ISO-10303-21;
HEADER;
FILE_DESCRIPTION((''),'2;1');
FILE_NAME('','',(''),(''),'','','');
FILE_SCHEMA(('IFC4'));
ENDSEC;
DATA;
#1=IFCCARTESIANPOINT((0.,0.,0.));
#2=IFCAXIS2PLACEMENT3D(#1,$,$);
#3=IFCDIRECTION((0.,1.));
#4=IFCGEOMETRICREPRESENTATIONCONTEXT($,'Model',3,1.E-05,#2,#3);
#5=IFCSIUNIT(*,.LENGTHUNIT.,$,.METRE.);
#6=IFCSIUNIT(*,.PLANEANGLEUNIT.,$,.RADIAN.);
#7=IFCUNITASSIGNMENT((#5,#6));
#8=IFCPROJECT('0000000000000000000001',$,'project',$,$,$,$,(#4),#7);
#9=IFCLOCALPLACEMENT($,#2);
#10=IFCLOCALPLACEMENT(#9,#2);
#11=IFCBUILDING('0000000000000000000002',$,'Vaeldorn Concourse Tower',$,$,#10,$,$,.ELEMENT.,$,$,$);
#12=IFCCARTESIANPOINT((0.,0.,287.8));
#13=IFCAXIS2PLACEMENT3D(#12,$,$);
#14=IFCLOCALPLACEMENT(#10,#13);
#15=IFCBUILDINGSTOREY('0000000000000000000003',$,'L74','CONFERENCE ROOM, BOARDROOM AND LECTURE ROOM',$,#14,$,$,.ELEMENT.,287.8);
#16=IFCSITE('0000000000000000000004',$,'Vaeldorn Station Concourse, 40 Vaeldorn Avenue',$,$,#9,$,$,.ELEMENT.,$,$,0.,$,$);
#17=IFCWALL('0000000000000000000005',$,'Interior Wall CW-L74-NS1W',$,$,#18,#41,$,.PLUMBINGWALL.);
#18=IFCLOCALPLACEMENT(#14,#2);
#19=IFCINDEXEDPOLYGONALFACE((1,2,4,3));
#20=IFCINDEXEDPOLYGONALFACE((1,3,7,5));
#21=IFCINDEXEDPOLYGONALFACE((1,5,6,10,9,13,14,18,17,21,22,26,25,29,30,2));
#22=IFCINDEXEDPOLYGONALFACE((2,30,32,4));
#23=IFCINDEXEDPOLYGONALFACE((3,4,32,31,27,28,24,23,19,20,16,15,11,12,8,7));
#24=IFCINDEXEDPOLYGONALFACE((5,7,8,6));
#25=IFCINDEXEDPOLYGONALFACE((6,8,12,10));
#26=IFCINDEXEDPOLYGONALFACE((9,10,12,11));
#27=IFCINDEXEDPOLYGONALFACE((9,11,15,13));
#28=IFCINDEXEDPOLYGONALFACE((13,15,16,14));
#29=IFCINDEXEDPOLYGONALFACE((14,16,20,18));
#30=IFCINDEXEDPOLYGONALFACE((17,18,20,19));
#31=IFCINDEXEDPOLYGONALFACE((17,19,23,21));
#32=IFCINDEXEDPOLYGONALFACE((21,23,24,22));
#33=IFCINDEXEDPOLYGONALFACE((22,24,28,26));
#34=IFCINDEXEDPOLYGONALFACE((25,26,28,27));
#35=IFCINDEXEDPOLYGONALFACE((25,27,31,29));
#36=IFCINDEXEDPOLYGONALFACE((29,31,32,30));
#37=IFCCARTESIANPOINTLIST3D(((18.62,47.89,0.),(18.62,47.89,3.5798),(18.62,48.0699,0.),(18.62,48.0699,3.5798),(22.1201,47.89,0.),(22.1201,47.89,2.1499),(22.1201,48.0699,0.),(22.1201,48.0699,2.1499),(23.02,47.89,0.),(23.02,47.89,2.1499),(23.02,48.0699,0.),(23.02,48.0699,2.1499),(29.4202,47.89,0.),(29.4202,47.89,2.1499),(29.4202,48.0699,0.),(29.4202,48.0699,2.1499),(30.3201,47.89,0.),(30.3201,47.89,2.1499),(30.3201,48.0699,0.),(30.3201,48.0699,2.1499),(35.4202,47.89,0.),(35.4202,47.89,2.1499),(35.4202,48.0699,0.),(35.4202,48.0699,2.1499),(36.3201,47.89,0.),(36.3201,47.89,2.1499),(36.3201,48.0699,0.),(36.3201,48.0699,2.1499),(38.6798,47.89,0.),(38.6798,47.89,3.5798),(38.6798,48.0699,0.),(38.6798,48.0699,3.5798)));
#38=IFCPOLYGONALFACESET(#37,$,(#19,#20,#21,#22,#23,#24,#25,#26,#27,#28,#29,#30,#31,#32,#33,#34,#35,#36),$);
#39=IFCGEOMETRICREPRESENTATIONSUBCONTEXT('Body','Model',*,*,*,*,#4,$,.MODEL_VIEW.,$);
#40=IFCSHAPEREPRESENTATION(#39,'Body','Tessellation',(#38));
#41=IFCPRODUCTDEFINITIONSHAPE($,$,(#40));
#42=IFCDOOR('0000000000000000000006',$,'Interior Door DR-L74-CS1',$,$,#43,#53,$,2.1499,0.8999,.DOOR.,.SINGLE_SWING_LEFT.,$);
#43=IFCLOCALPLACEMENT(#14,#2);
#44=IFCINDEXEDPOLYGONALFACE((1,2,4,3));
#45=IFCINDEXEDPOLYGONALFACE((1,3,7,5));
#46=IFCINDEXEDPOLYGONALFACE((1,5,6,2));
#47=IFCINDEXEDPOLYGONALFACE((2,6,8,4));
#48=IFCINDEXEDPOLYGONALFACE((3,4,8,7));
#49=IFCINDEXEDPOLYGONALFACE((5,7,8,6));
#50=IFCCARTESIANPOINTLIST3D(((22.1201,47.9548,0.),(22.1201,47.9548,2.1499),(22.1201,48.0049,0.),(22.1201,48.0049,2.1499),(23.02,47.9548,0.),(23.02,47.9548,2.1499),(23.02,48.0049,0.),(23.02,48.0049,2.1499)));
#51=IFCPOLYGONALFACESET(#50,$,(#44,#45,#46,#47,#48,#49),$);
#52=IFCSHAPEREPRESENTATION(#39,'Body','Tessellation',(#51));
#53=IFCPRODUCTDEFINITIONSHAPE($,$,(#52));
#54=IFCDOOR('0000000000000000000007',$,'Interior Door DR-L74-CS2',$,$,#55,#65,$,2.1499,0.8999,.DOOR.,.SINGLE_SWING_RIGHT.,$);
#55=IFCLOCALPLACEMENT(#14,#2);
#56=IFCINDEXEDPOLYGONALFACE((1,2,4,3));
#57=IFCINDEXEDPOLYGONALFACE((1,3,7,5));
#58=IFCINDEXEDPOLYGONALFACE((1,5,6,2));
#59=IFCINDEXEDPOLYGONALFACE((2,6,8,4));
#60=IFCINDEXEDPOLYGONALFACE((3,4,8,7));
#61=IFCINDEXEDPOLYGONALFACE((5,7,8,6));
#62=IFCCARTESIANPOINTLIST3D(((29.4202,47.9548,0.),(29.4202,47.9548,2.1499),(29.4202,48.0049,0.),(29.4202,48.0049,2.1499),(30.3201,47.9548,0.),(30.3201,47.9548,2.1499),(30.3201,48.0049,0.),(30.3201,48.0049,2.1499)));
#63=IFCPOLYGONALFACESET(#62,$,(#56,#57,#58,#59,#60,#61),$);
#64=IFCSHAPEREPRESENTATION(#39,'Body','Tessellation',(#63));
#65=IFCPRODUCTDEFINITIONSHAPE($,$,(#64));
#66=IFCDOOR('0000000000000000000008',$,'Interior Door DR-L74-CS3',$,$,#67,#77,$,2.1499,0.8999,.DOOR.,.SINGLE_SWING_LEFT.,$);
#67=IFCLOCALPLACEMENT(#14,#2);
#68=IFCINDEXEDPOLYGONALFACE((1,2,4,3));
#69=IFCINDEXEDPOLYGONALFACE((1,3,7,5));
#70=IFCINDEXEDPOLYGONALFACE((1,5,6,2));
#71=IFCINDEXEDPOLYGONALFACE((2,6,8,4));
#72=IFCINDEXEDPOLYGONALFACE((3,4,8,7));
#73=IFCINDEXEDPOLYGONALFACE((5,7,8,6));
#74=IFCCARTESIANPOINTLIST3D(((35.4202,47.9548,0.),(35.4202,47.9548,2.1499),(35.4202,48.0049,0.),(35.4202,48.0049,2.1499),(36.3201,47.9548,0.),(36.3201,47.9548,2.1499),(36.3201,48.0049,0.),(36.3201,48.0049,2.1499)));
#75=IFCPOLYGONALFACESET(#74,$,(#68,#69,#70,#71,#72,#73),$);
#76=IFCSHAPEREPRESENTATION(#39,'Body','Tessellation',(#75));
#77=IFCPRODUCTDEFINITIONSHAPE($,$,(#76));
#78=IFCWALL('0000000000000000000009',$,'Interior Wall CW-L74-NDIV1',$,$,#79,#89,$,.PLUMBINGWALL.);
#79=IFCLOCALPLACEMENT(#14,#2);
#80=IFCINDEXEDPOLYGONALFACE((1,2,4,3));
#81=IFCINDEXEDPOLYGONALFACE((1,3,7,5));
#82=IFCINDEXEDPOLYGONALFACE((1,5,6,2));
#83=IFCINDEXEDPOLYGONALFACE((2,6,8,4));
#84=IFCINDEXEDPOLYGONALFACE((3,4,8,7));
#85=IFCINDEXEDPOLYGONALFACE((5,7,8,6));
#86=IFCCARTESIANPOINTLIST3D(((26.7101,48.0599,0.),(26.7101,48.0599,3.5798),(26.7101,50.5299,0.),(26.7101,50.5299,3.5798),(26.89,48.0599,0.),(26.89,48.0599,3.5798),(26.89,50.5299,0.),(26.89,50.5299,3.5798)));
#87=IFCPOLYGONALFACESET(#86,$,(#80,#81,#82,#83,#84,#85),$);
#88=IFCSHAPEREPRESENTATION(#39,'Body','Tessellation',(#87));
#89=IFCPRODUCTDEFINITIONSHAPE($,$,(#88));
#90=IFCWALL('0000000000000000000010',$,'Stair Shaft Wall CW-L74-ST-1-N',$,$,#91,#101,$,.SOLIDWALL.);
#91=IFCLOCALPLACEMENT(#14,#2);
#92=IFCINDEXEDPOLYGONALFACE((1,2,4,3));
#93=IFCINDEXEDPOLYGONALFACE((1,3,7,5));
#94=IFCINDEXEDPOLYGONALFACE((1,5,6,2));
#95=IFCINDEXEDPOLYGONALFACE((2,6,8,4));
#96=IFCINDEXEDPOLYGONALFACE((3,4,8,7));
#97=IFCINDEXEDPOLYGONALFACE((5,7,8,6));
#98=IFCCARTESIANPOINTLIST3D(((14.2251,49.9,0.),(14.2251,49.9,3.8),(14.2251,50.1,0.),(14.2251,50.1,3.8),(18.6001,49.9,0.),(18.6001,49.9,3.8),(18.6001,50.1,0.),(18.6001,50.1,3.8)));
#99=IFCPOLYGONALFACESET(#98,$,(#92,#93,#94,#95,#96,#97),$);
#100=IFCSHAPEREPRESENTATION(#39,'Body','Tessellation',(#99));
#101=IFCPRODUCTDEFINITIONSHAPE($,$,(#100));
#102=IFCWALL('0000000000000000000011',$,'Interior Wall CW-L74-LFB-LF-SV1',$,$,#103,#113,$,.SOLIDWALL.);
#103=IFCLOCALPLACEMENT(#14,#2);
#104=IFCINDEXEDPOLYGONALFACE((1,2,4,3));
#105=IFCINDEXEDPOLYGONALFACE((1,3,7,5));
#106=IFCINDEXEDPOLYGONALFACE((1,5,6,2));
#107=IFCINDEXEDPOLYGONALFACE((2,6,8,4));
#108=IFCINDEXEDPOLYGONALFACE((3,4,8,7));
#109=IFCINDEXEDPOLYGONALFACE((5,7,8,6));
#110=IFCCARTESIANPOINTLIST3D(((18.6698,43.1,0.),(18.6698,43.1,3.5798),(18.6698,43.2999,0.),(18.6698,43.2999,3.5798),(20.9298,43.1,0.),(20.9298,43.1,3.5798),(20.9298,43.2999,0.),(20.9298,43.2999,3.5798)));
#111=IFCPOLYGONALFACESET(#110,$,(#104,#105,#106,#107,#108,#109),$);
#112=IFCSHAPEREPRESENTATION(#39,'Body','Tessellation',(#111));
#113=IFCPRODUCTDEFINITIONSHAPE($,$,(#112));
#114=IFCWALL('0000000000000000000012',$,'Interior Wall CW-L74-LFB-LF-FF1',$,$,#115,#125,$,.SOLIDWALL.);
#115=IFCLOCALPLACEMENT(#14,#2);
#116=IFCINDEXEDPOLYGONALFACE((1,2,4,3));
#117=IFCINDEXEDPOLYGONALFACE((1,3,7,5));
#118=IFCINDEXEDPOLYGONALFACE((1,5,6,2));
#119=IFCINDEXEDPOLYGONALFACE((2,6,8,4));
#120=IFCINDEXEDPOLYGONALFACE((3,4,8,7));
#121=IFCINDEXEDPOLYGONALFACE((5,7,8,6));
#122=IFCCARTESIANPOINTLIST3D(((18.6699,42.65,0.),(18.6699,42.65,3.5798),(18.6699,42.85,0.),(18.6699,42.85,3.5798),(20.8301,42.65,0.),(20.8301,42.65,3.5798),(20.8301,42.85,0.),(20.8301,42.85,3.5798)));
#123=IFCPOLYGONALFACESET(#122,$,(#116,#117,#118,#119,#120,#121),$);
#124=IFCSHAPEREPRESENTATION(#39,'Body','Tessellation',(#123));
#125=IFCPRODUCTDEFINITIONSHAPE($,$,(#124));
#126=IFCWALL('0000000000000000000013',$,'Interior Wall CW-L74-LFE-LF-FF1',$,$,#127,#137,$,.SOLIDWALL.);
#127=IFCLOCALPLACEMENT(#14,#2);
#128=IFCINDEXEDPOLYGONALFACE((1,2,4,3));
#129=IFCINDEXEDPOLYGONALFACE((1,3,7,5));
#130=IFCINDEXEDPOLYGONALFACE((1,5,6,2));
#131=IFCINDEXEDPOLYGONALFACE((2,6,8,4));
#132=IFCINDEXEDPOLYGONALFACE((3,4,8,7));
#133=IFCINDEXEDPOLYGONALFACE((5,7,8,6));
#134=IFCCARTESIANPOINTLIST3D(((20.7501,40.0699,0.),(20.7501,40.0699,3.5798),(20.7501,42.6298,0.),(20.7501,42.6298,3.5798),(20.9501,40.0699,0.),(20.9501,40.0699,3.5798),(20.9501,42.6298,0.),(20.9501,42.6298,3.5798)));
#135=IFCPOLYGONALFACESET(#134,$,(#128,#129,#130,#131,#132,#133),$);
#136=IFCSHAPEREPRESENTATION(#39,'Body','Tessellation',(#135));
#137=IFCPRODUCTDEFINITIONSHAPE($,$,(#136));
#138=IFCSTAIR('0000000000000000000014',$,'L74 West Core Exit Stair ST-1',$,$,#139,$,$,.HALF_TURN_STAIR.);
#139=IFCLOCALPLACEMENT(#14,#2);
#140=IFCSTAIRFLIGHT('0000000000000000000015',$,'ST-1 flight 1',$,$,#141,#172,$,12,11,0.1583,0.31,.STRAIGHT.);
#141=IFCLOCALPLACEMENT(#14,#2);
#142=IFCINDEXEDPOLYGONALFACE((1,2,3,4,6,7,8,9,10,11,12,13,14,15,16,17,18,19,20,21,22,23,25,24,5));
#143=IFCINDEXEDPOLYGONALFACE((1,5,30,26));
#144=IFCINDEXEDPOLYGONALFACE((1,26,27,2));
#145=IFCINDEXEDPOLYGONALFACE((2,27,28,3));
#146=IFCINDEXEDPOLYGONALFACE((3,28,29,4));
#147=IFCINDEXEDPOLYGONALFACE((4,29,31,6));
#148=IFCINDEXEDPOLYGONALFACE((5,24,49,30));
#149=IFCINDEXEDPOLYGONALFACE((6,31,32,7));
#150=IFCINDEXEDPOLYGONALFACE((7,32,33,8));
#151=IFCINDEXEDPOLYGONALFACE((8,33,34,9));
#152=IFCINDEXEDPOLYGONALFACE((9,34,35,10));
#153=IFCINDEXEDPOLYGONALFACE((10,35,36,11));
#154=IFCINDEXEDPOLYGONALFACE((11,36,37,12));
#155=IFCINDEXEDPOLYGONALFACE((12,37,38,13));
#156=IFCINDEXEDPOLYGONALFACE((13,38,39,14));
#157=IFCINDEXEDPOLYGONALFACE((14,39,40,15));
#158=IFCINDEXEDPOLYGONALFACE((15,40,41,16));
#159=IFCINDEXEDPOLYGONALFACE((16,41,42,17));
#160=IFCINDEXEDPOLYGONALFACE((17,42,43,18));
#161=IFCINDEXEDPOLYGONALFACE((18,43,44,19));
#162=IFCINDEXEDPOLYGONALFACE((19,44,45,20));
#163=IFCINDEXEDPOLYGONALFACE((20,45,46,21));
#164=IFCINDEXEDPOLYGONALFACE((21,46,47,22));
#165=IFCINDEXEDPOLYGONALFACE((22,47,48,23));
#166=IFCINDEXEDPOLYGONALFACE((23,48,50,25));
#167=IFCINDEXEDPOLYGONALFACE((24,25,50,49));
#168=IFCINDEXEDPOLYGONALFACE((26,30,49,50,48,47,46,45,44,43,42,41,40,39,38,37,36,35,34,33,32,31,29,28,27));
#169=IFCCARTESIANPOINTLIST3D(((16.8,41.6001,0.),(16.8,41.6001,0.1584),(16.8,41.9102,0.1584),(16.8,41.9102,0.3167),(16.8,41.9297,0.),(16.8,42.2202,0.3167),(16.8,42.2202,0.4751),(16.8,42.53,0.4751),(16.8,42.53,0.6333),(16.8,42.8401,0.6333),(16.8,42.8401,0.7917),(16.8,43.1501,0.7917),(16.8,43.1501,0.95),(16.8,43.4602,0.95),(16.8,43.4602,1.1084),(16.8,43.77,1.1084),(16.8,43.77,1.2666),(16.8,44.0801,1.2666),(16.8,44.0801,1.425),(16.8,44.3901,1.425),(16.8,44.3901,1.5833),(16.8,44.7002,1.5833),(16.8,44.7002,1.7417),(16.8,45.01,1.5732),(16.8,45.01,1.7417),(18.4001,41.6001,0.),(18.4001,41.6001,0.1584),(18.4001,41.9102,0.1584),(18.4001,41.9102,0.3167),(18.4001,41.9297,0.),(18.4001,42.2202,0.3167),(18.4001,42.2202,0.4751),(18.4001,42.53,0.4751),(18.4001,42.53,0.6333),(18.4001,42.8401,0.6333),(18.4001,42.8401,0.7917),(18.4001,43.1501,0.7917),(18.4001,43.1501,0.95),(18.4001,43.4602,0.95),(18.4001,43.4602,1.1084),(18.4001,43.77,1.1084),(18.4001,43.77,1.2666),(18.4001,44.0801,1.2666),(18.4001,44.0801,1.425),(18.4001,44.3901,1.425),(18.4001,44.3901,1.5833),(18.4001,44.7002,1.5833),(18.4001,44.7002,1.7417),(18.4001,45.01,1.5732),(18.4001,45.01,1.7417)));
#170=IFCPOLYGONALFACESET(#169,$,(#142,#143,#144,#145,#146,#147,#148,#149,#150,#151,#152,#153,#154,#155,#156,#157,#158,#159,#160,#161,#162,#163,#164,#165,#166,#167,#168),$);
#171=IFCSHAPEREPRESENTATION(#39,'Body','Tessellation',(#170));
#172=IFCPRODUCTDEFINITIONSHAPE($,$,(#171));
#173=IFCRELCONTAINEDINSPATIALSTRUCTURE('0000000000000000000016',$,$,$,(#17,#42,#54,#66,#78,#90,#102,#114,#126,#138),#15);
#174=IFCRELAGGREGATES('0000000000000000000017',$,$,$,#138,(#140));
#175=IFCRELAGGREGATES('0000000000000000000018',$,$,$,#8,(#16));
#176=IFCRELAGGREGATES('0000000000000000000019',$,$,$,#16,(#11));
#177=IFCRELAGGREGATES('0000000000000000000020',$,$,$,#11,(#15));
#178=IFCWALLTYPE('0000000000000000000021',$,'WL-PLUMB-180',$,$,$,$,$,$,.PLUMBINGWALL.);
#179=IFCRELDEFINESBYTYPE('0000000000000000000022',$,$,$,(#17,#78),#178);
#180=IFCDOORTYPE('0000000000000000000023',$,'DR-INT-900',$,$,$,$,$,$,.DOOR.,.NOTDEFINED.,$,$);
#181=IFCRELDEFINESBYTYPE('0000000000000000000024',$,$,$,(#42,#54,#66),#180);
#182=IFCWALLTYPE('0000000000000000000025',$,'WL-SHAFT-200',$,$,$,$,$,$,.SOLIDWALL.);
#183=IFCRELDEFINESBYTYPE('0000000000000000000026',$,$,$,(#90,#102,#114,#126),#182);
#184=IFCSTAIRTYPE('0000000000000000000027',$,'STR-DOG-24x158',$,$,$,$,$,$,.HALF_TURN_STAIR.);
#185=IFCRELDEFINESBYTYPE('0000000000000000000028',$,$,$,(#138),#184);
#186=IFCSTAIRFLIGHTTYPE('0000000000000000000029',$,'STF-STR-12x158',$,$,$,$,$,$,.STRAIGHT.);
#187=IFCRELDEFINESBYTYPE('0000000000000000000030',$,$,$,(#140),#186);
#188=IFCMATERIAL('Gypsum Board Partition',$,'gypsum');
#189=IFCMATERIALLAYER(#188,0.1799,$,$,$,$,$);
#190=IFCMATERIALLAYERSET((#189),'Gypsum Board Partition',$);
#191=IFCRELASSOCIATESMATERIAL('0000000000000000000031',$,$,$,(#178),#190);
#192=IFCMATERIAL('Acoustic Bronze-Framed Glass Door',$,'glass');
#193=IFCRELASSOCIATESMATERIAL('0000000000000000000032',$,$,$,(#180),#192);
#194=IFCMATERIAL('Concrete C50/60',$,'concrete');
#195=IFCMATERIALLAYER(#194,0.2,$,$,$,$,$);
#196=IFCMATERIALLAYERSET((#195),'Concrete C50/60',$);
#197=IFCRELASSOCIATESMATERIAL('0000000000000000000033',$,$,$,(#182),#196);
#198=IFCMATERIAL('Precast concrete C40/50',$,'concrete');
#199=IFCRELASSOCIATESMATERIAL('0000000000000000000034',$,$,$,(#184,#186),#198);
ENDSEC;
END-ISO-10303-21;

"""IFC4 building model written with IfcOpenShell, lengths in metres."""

from ifc_helpers import new_model, si_unit, direction, frame, frame_2d, origin, place, context, subcontext, project, spatial, polyline, rectangle, outline, extrude, source, transform, mapped, material, layer, layer_set, type_object, element, fill, aggregate, save


model = new_model("IFC4")

# Units and contexts
model_context = context("Model", 3, precision=1e-05, world=origin(), true_north=direction((0.0, 1.0)))
body_context = subcontext(model_context, "Body", "Model", "MODEL_VIEW")
ifc_project = project(units=[si_unit("LENGTHUNIT", "METRE"), si_unit("PLANEANGLEUNIT", "RADIAN")], contexts=[model_context])

# Site, building, storey
site_placement = place(None, origin())
site = spatial("IfcSite", under=ifc_project, at=site_placement, Name="Vaeldorn Station Concourse, 40 Vaeldorn Avenue", CompositionType="ELEMENT", RefElevation=0.0)
building_placement = place(site_placement, origin())
building = spatial("IfcBuilding", under=site, at=building_placement, Name="Vaeldorn Concourse Tower", CompositionType="ELEMENT")
storey_placement = place(building_placement, frame((0.0, 0.0, 287.8)))
storey = spatial("IfcBuildingStorey", under=building, at=storey_placement, Name="L74", Description="CONFERENCE ROOM, BOARDROOM AND LECTURE ROOM", CompositionType="ELEMENT", Elevation=287.8)

# Shared definitions
ifc_material_1 = material(Name="Concrete C50/60", Category="concrete")
ifc_material_2 = material(Name="Gypsum Board Partition", Category="gypsum")

# Wall, openings, doors
ifc_layer_1 = layer(ifc_material_2, 0.1799)
ifc_layer_set_1 = layer_set([ifc_layer_1], Name="Gypsum Board Partition")
wall_type_1 = type_object("IfcWallType", Name="WL-PLUMB-180", PredefinedType="PLUMBINGWALL", material=ifc_layer_set_1)
wall_1_placement = place(storey_placement, frame((18.6201, 47.98, 0.0), z_axis=(0.0, 0.0, 1.0), x_axis=(1.0, 0.0, 0.0)))
wall_1 = element("IfcWall", 1, at=wall_1_placement, inside=storey, type_object=wall_type_1, Name="Interior Wall CW-L74-NS1W", PredefinedType="PLUMBINGWALL", context=body_context, shape_type="SweptSolid", body=[
    extrude(rectangle(XDim=20.0598, YDim=0.1799, at=frame_2d((10.0298, 0.0))), origin(), (0.0, 0.0, 1.0), 3.5798),
])
opening_1_placement = place(wall_1_placement, frame((3.5, 0.0, 0.0)))
opening_1 = element("IfcOpeningElement", 2, at=opening_1_placement, cuts=wall_1, PredefinedType="OPENING", context=body_context, shape_type="SweptSolid", body=[
    extrude(rectangle(XDim=0.8999, YDim=2.1499, at=frame_2d((0.45, 1.075))), frame((0.0, 0.1001, 0.0), z_axis=(0.0, -1.0, 0.0), x_axis=(1.0, 0.0, 0.0)), (0.0, 0.0, 1.0), 0.2),
])
opening_2_placement = place(wall_1_placement, frame((10.8, 0.0, 0.0)))
opening_2 = element("IfcOpeningElement", 3, at=opening_2_placement, cuts=wall_1, PredefinedType="OPENING", context=body_context, shape_type="SweptSolid", body=[
    extrude(rectangle(XDim=0.8999, YDim=2.1499, at=frame_2d((0.45, 1.075))), frame((0.0, 0.1001, 0.0), z_axis=(0.0, -1.0, 0.0), x_axis=(1.0, 0.0, 0.0)), (0.0, 0.0, 1.0), 0.2),
])
opening_3_placement = place(wall_1_placement, frame((16.8, 0.0, 0.0)))
opening_3 = element("IfcOpeningElement", 4, at=opening_3_placement, cuts=wall_1, PredefinedType="OPENING", context=body_context, shape_type="SweptSolid", body=[
    extrude(rectangle(XDim=0.8999, YDim=2.1499, at=frame_2d((0.45, 1.075))), frame((0.0, 0.1001, 0.0), z_axis=(0.0, -1.0, 0.0), x_axis=(1.0, 0.0, 0.0)), (0.0, 0.0, 1.0), 0.2),
])
ifc_material_3 = material(Name="Acoustic Bronze-Framed Glass Door", Category="glass")
door_type_1 = type_object("IfcDoorType", Name="DR-INT-900", OperationType="NOTDEFINED", PredefinedType="DOOR", material=ifc_material_3)
shared_shape_1 = source(origin(), body_context, "Body", "SweptSolid", [
    extrude(rectangle(XDim=0.8999, YDim=2.1499, at=frame_2d((0.45, 1.075))), frame((0.0, 0.0249, 0.0), z_axis=(0.0, -1.0, 0.0), x_axis=(1.0, 0.0, 0.0)), (0.0, 0.0, 1.0), 0.05),
])
door_1_placement = place(opening_1_placement, origin())
door_1 = element("IfcDoor", 5, at=door_1_placement, inside=storey, type_object=door_type_1, Name="Interior Door DR-L74-CS1", OperationType="SINGLE_SWING_LEFT", OverallHeight=2.1499, OverallWidth=0.8999, PredefinedType="DOOR", context=body_context, shape_type="MappedRepresentation", body=[
    mapped(shared_shape_1, transform((0.0, 0.0, 0.0), scale=1.0)),
])
fill(opening_1, door_1)
door_2_placement = place(opening_2_placement, origin())
door_2 = element("IfcDoor", 6, at=door_2_placement, inside=storey, type_object=door_type_1, Name="Interior Door DR-L74-CS2", OperationType="SINGLE_SWING_RIGHT", OverallHeight=2.1499, OverallWidth=0.8999, PredefinedType="DOOR", context=body_context, shape_type="MappedRepresentation", body=[
    mapped(shared_shape_1, transform((0.0, 0.0, 0.0), scale=1.0)),
])
fill(opening_2, door_2)
door_3_placement = place(opening_3_placement, origin())
door_3 = element("IfcDoor", 7, at=door_3_placement, inside=storey, type_object=door_type_1, Name="Interior Door DR-L74-CS3", OperationType="SINGLE_SWING_LEFT", OverallHeight=2.1499, OverallWidth=0.8999, PredefinedType="DOOR", context=body_context, shape_type="MappedRepresentation", body=[
    mapped(shared_shape_1, transform((0.0, 0.0, 0.0), scale=1.0)),
])
fill(opening_3, door_3)

# Walls
wall_2_placement = place(storey_placement, frame((26.8, 48.0601, 0.0), z_axis=(0.0, 0.0, 1.0), x_axis=(0.0, 1.0, 0.0)))
element("IfcWall", 8, at=wall_2_placement, inside=storey, type_object=wall_type_1, Name="Interior Wall CW-L74-NDIV1", PredefinedType="PLUMBINGWALL", context=body_context, shape_type="SweptSolid", body=[
    extrude(rectangle(XDim=2.47, YDim=0.1799, at=frame_2d((1.2349, 0.0))), origin(), (0.0, 0.0, 1.0), 3.5798),
])
ifc_layer_2 = layer(ifc_material_1, 0.2)
ifc_layer_set_2 = layer_set([ifc_layer_2], Name="Concrete C50/60")
wall_type_2 = type_object("IfcWallType", Name="WL-SHAFT-200", PredefinedType="SOLIDWALL", material=ifc_layer_set_2)
wall_3_placement = place(storey_placement, frame((14.2251, 50.0, 0.0), z_axis=(0.0, 0.0, 1.0), x_axis=(1.0, 0.0, 0.0)))
element("IfcWall", 9, at=wall_3_placement, inside=storey, type_object=wall_type_2, Name="Stair Shaft Wall CW-L74-ST-1-N", PredefinedType="SOLIDWALL", context=body_context, shape_type="SweptSolid", body=[
    extrude(rectangle(XDim=4.375, YDim=0.2, at=frame_2d((2.1875, 0.0))), origin(), (0.0, 0.0, 1.0), 3.8),
])

# Walls
wall_4_placement = place(storey_placement, frame((18.6699, 43.2, 0.0), z_axis=(0.0, 0.0, 1.0), x_axis=(1.0, 0.0, 0.0)))
element("IfcWall", 10, at=wall_4_placement, inside=storey, type_object=wall_type_2, Name="Interior Wall CW-L74-LFB-LF-SV1", PredefinedType="SOLIDWALL", context=body_context, shape_type="SweptSolid", body=[
    extrude(rectangle(XDim=2.26, YDim=0.2, at=frame_2d((1.1299, 0.0))), origin(), (0.0, 0.0, 1.0), 3.5798),
])
wall_5_placement = place(storey_placement, frame((18.6699, 42.75, 0.0), z_axis=(0.0, 0.0, 1.0), x_axis=(1.0, 0.0, 0.0)))
element("IfcWall", 11, at=wall_5_placement, inside=storey, type_object=wall_type_2, Name="Interior Wall CW-L74-LFB-LF-FF1", PredefinedType="SOLIDWALL", context=body_context, shape_type="SweptSolid", body=[
    extrude(rectangle(XDim=2.1602, YDim=0.2, at=frame_2d((1.0801, 0.0))), origin(), (0.0, 0.0, 1.0), 3.5798),
])
wall_6_placement = place(storey_placement, frame((20.8501, 40.0701, 0.0), z_axis=(0.0, 0.0, 1.0), x_axis=(0.0, 1.0, 0.0)))
element("IfcWall", 12, at=wall_6_placement, inside=storey, type_object=wall_type_2, Name="Interior Wall CW-L74-LFE-LF-FF1", PredefinedType="SOLIDWALL", context=body_context, shape_type="SweptSolid", body=[
    extrude(rectangle(XDim=2.5598, YDim=0.2, at=frame_2d((1.2798, 0.0))), origin(), (0.0, 0.0, 1.0), 3.5798),
])

# Stair, stair flight
ifc_material_4 = material(Name="Precast concrete C40/50", Category="concrete")
stair_type = type_object("IfcStairType", Name="STR-DOG-24x158", PredefinedType="HALF_TURN_STAIR", material=ifc_material_4)
stair_placement = place(storey_placement, origin())
stair = element("IfcStair", 13, at=stair_placement, inside=storey, type_object=stair_type, Name="L74 West Core Exit Stair ST-1", PredefinedType="HALF_TURN_STAIR")
stair_flight_type = type_object("IfcStairFlightType", Name="STF-STR-12x158", PredefinedType="STRAIGHT", material=ifc_material_4)
stair_flight_1_placement = place(storey_placement, frame((17.6001, 41.6001, 0.0), z_axis=(0.0, 0.0, 1.0), x_axis=(0.0, 1.0, 0.0)))
stair_flight_1 = element("IfcStairFlight", 14, at=stair_flight_1_placement, type_object=stair_flight_type, Name="ST-1 flight 1", NumberOfRisers=12, NumberOfTreads=11, PredefinedType="STRAIGHT", RiserHeight=0.1583, TreadLength=0.31, context=body_context, shape_type="SweptSolid", body=[
    extrude(outline(polyline([(0.0, 0.0), (0.0, 0.1584), (0.3101, 0.1584), (0.3101, 0.3167), (0.6201, 0.3167), (0.6201, 0.4751), (0.9299, 0.4751), (0.9299, 0.6333), (1.24, 0.6333), (1.24, 0.7917), (1.55, 0.7917), (1.55, 0.95), (1.8601, 0.95), (1.8601, 1.1084), (2.1699, 1.1084), (2.1699, 1.2666), (2.48, 1.2666), (2.48, 1.425), (2.79, 1.425), (2.79, 1.5833), (3.1001, 1.5833), (3.1001, 1.7417), (3.4099, 1.7417), (3.4099, 1.8999), (3.4099, 1.5732), (0.3296, 0.0), (0.0, 0.0)])), frame((0.0, 0.8, 0.0), z_axis=(0.0, -1.0, 0.0), x_axis=(1.0, 0.0, 0.0)), (0.0, 0.0, 1.0), 1.6001),
])
aggregate(stair, [stair_flight_1])

save(model, "model.ifc")
